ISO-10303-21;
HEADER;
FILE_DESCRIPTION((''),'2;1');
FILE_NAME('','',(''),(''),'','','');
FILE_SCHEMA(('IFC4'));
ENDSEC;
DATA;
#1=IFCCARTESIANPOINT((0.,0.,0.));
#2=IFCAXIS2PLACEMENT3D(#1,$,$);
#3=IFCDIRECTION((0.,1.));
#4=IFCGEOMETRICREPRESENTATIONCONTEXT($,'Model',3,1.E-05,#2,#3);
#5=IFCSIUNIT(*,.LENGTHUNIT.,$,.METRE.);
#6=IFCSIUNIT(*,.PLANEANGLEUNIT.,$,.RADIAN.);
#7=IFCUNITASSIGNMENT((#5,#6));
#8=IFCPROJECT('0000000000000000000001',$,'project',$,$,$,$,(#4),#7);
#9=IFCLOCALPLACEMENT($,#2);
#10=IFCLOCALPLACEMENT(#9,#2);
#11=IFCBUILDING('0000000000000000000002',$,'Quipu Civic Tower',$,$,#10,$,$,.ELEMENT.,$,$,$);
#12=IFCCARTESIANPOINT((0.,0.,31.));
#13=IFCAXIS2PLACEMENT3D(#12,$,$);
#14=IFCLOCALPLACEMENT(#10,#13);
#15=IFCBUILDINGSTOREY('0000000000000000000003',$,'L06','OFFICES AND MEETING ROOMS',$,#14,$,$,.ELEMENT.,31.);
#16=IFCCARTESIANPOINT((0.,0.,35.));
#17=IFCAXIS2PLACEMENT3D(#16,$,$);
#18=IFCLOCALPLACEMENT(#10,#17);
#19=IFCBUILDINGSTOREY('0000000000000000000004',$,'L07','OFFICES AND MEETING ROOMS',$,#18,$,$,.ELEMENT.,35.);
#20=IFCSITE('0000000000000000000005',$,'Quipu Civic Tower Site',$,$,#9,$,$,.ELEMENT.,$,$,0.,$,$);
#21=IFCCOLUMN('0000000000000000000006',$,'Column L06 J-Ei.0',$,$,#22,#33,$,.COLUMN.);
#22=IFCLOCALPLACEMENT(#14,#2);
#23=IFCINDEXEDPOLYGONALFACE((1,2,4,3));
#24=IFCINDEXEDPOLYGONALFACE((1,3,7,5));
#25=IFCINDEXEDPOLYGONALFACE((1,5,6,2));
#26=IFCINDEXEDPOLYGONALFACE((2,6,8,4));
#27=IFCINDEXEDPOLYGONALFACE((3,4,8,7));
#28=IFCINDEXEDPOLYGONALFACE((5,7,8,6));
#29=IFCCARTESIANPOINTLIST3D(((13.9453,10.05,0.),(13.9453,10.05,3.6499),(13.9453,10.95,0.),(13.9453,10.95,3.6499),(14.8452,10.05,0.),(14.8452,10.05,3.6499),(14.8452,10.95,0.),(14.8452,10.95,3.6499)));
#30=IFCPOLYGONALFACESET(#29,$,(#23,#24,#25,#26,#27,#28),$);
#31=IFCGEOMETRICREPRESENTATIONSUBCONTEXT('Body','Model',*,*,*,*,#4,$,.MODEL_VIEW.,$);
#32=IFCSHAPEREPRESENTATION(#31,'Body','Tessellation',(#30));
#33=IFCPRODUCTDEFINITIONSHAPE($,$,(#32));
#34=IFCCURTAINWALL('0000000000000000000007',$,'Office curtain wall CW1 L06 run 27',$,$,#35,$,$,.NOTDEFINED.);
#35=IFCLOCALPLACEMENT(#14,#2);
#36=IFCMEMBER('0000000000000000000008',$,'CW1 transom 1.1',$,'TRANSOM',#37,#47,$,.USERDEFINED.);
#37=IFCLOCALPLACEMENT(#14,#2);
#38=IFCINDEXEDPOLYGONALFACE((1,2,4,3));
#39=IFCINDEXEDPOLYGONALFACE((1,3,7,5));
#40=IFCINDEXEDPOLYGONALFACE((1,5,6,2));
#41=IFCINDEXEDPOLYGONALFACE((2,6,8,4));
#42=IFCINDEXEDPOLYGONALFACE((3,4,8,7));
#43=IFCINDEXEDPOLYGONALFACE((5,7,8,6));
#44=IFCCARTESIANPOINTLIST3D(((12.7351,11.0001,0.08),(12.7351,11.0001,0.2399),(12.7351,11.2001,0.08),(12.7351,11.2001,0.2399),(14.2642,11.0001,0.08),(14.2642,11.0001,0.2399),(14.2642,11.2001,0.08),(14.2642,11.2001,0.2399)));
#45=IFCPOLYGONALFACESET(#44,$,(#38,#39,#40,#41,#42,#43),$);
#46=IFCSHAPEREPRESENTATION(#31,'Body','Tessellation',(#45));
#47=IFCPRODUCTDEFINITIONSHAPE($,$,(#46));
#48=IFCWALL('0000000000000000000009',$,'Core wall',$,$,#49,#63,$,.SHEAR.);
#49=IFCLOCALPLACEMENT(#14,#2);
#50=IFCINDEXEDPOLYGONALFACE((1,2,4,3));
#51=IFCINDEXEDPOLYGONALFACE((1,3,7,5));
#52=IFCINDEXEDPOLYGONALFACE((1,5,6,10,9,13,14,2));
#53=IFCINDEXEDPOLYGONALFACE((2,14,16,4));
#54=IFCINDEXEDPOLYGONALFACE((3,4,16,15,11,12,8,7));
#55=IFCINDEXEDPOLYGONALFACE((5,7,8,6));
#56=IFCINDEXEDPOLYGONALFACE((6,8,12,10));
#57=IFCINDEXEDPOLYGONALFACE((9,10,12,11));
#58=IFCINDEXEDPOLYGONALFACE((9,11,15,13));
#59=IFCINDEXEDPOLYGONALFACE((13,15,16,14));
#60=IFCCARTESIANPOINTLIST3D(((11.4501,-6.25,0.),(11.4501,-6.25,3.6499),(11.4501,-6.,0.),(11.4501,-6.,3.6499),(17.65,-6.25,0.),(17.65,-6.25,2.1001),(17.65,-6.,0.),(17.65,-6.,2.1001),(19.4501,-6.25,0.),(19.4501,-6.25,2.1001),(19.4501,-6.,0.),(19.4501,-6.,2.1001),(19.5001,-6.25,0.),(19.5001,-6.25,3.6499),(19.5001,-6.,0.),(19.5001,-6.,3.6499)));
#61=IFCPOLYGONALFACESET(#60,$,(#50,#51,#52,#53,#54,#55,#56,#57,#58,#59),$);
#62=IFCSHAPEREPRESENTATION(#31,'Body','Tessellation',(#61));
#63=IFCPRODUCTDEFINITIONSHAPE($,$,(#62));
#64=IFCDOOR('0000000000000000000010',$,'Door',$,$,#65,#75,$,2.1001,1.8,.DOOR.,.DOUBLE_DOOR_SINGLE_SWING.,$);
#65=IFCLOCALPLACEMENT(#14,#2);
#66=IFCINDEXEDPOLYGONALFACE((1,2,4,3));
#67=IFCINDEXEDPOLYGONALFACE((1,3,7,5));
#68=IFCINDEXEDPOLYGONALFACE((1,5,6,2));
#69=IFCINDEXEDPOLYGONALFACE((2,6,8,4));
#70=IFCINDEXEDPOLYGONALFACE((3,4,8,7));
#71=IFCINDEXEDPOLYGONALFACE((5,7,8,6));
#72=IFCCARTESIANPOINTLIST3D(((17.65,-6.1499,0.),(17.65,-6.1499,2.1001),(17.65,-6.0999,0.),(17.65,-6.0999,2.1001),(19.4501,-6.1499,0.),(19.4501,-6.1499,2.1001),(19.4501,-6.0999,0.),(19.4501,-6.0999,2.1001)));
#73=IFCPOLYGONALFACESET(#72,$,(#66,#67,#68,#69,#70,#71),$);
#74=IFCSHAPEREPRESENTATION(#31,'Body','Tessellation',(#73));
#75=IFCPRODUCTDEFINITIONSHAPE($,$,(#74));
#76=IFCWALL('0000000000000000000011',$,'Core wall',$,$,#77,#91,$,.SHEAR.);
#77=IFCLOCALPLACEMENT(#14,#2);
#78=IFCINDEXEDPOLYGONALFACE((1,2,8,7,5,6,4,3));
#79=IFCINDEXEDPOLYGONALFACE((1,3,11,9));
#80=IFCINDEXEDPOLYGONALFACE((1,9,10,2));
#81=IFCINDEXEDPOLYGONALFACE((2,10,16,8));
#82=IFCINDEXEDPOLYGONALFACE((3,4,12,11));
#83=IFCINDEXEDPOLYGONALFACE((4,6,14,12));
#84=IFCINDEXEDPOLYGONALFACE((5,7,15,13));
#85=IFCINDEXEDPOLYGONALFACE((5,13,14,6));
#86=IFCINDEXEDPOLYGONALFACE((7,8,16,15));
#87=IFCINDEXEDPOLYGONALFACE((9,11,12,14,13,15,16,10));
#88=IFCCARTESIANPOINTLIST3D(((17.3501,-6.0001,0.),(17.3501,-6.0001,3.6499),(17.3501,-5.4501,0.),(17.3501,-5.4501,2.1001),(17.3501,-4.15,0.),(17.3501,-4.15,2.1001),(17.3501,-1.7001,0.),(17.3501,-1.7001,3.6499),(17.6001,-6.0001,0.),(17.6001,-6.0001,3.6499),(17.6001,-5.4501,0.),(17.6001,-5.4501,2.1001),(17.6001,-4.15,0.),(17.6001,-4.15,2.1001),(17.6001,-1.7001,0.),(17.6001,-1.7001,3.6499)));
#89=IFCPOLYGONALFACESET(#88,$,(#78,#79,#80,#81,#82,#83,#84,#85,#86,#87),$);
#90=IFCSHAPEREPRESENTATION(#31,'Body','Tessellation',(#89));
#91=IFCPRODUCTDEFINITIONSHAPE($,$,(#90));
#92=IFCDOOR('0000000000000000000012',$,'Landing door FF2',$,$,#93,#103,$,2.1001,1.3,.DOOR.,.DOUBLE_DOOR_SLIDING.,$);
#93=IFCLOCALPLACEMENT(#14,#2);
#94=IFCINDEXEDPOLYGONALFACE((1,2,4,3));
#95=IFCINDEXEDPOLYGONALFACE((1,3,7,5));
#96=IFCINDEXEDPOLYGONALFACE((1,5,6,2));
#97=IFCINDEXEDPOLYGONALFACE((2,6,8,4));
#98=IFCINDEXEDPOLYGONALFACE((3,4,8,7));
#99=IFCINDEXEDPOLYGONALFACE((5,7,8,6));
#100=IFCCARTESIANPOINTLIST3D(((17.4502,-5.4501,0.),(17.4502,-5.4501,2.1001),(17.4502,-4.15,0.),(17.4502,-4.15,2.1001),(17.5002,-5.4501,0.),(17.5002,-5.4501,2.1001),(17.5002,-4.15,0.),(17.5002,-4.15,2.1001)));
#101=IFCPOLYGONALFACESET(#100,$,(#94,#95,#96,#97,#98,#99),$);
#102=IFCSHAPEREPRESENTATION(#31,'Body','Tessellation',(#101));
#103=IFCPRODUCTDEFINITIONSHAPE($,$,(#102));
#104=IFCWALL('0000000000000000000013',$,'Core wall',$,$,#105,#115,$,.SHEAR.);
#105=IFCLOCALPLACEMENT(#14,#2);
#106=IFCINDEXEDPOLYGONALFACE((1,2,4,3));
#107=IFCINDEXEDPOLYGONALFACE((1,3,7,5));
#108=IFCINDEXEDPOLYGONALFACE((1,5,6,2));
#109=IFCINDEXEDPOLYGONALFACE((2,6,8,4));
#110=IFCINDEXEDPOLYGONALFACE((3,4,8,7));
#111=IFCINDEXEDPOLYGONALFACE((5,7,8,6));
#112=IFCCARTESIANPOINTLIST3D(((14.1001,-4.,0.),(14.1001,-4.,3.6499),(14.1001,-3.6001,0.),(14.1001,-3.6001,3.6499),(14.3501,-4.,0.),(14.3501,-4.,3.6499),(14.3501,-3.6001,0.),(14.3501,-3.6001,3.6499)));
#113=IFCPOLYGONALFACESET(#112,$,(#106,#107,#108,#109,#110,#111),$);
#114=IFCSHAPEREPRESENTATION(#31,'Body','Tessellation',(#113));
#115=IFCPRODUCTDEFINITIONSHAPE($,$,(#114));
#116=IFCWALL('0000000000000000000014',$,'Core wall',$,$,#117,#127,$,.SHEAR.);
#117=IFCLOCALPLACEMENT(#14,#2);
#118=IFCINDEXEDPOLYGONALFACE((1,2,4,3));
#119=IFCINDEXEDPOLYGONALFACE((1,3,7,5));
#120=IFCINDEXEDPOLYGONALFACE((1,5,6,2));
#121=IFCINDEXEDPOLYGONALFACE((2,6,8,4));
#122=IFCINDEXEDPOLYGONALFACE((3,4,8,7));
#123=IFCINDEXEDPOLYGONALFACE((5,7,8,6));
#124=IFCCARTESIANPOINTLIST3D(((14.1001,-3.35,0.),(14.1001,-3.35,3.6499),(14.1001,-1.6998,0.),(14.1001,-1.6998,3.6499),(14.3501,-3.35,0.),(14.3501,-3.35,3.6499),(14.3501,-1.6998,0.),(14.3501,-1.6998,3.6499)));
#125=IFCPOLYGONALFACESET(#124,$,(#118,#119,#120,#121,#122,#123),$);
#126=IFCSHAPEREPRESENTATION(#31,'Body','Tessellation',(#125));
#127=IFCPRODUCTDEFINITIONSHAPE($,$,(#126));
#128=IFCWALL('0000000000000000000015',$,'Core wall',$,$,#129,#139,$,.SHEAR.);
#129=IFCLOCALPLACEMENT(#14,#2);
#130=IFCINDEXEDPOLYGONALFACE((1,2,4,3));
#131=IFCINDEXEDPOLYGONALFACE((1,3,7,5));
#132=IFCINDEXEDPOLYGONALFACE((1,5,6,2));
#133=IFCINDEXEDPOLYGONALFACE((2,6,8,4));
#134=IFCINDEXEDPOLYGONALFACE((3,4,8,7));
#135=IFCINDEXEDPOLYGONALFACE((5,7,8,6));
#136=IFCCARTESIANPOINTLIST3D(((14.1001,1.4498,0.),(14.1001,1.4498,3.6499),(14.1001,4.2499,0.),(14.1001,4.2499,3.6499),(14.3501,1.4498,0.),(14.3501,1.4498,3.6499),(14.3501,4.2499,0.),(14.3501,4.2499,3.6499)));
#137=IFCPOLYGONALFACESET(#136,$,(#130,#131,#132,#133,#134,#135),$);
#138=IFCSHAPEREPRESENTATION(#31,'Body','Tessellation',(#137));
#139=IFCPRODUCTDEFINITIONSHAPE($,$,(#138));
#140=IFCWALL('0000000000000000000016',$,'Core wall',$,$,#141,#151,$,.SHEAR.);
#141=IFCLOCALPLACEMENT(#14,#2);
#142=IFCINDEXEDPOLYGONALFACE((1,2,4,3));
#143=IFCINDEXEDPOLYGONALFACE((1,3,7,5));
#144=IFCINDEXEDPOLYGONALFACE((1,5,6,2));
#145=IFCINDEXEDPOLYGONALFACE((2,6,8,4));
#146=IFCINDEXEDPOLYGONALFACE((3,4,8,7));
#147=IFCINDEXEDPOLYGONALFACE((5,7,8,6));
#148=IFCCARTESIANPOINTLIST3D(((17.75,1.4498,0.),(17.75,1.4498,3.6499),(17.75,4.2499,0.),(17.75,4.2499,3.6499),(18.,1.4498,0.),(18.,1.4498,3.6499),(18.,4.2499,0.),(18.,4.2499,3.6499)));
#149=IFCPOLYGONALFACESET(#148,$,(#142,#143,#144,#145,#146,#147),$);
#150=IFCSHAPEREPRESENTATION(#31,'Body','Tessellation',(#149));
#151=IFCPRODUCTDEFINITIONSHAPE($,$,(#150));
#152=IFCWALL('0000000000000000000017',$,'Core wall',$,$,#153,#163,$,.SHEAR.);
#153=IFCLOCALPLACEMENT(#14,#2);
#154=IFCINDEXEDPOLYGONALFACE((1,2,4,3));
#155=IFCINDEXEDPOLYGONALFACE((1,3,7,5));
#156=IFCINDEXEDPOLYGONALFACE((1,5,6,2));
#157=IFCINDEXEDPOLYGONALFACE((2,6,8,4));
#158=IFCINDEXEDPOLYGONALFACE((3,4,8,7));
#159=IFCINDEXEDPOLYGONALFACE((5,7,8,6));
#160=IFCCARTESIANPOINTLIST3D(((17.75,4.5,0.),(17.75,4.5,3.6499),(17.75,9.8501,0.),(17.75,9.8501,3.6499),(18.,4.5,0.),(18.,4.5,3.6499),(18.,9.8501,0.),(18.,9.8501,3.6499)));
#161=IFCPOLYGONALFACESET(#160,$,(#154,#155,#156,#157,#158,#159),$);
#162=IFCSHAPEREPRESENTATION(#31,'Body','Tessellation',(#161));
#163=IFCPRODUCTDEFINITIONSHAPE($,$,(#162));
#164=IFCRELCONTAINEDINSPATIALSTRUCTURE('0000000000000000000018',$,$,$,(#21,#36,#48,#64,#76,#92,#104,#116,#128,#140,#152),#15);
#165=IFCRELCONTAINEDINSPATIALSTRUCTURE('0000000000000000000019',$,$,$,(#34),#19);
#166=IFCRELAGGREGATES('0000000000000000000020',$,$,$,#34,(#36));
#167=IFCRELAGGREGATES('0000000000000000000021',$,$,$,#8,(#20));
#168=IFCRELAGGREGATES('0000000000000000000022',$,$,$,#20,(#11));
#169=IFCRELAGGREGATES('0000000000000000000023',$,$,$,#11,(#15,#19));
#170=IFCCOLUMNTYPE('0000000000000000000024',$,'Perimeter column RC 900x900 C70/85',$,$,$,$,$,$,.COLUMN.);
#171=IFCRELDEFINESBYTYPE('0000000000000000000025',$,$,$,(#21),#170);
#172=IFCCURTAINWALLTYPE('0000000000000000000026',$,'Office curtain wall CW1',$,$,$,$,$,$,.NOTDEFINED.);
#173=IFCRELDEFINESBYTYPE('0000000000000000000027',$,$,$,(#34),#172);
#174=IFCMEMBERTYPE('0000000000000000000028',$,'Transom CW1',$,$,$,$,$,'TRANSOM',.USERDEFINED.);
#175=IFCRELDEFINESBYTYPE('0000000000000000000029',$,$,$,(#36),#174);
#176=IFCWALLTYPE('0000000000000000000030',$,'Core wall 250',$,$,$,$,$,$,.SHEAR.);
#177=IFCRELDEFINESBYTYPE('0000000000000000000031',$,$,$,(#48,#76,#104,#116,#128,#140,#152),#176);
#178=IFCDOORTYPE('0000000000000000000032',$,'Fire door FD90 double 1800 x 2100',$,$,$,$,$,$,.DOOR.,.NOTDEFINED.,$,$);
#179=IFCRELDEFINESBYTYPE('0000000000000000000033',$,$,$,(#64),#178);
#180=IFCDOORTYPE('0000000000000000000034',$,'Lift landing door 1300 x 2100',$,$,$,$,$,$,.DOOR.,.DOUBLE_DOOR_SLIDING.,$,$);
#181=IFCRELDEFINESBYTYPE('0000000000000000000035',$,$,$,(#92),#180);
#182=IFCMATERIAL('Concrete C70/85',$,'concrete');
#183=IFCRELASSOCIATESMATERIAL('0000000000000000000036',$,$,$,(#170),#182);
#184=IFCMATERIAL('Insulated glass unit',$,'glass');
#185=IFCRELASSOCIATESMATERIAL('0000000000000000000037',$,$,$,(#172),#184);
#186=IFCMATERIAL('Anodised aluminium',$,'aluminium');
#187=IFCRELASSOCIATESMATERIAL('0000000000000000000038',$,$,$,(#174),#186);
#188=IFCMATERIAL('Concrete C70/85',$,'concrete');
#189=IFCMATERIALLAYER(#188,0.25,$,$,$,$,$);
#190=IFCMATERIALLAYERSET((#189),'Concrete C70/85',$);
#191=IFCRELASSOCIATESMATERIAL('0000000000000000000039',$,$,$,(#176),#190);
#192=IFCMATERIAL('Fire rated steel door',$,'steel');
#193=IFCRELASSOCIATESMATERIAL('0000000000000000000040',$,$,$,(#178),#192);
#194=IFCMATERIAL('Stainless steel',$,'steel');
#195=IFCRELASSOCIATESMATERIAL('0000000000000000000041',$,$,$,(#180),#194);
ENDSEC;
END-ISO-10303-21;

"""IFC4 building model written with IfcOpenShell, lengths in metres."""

from ifc_helpers import new_model, si_unit, direction, frame, frame_2d, origin, origin_2d, place, context, subcontext, project, spatial, rectangle, extrude, material, layer, layer_set, material_profile, profile_set, type_object, element, fill, aggregate, save


model = new_model("IFC4")

# Units and contexts
model_context = context("Model", 3, precision=1e-05, world=origin(), true_north=direction((0.0, 1.0)))
body_context = subcontext(model_context, "Body", "Model", "MODEL_VIEW")
ifc_project = project(units=[si_unit("LENGTHUNIT", "METRE"), si_unit("PLANEANGLEUNIT", "RADIAN")], contexts=[model_context])

# Site, building, storey
site_placement = place(None, origin())
site = spatial("IfcSite", under=ifc_project, at=site_placement, Name="Quipu Civic Tower Site", CompositionType="ELEMENT", RefElevation=0.0)
building_placement = place(site_placement, origin())
building = spatial("IfcBuilding", under=site, at=building_placement, Name="Quipu Civic Tower", CompositionType="ELEMENT")
storey_1_placement = place(building_placement, frame((0.0, 0.0, 31.0)))
storey_1 = spatial("IfcBuildingStorey", under=building, at=storey_1_placement, Name="L06", Description="OFFICES AND MEETING ROOMS", CompositionType="ELEMENT", Elevation=31.0)

# Column
ifc_material_1 = material(Name="Concrete C70/85", Category="concrete")
ifc_material_profile_1 = material_profile(ifc_material_1, rectangle(XDim=0.8999, YDim=0.8999, at=origin_2d()), Name="RC900x900")
ifc_profile_set_1 = profile_set([ifc_material_profile_1], Name="Concrete C70/85")
column_type = type_object("IfcColumnType", Name="Perimeter column RC 900x900 C70/85", PredefinedType="COLUMN", material=ifc_profile_set_1)
column_placement = place(storey_1_placement, frame((14.3953, 10.5, 0.0), z_axis=(0.0, 0.0, 1.0), x_axis=(-1.0, 0.0, 0.0)))
element("IfcColumn", 1, at=column_placement, inside=storey_1, type_object=column_type, Name="Column L06 J-Ei.0", PredefinedType="COLUMN", context=body_context, shape_type="SweptSolid", body=[
    extrude(rectangle(XDim=0.8999, YDim=0.8999, at=origin_2d()), origin(), (0.0, 0.0, 1.0), 3.6499),
])

# Shared definitions
storey_2_placement = place(building_placement, frame((0.0, 0.0, 35.0)))
storey_2 = spatial("IfcBuildingStorey", under=building, at=storey_2_placement, Name="L07", Description="OFFICES AND MEETING ROOMS", CompositionType="ELEMENT", Elevation=35.0)

# Curtain wall, member
ifc_material_2 = material(Name="Insulated glass unit", Category="glass")
curtain_wall_type = type_object("IfcCurtainWallType", Name="Office curtain wall CW1", PredefinedType="NOTDEFINED", material=ifc_material_2)
curtain_wall_placement = place(storey_2_placement, origin())
curtain_wall = element("IfcCurtainWall", 2, at=curtain_wall_placement, inside=storey_2, type_object=curtain_wall_type, Name="Office curtain wall CW1 L06 run 27", PredefinedType="NOTDEFINED")
ifc_material_3 = material(Name="Anodised aluminium", Category="aluminium")
ifc_material_profile_2 = material_profile(ifc_material_3, rectangle(XDim=0.2, YDim=0.1599, at=origin_2d()), Name="RECT 200x160")
ifc_profile_set_2 = profile_set([ifc_material_profile_2], Name="Anodised aluminium")
member_type = type_object("IfcMemberType", Name="Transom CW1", ElementType="TRANSOM", PredefinedType="USERDEFINED", material=ifc_profile_set_2)
member_placement = place(storey_1_placement, frame((14.2642, 11.1001, 0.1599), z_axis=(-1.0, 0.0, 0.0), x_axis=(0.0, -1.0, 0.0)))
member = element("IfcMember", 3, at=member_placement, inside=storey_1, type_object=member_type, Name="CW1 transom 1.1", ObjectType="TRANSOM", PredefinedType="USERDEFINED", context=body_context, shape_type="SweptSolid", body=[
    extrude(rectangle(XDim=0.2, YDim=0.1599, at=origin_2d()), origin(), (0.0, 0.0, 1.0), 1.5291),
])
aggregate(curtain_wall, [member])

# Walls, openings, doors
ifc_material_4 = material(Name="Concrete C70/85", Category="concrete")
ifc_layer_1 = layer(ifc_material_4, 0.25)
ifc_layer_set_1 = layer_set([ifc_layer_1], Name="Concrete C70/85")
wall_type_1 = type_object("IfcWallType", Name="Core wall 250", PredefinedType="SHEAR", material=ifc_layer_set_1)
wall_1_placement = place(storey_1_placement, frame((19.5, -6.125, 0.0), z_axis=(0.0, 0.0, 1.0), x_axis=(-1.0, 0.0, 0.0)))
wall_1 = element("IfcWall", 4, at=wall_1_placement, inside=storey_1, type_object=wall_type_1, Name="Core wall", PredefinedType="SHEAR", context=body_context, shape_type="SweptSolid", body=[
    extrude(rectangle(XDim=8.05, YDim=0.25, at=frame_2d((4.0249, 0.0))), origin(), (0.0, 0.0, 1.0), 3.6499),
])
opening_1_placement = place(wall_1_placement, frame((0.05, 0.0, 0.0)))
opening_1 = element("IfcOpeningElement", 5, at=opening_1_placement, cuts=wall_1, PredefinedType="OPENING", context=body_context, shape_type="SweptSolid", body=[
    extrude(rectangle(XDim=1.8, YDim=2.1001, at=frame_2d((0.8999, 1.05))), frame((0.0, 0.135, 0.0), z_axis=(0.0, -1.0, 0.0), x_axis=(1.0, 0.0, 0.0)), (0.0, 0.0, 1.0), 0.27),
])
ifc_material_5 = material(Name="Fire rated steel door", Category="steel")
door_type_1 = type_object("IfcDoorType", Name="Fire door FD90 double 1800 x 2100", OperationType="NOTDEFINED", PredefinedType="DOOR", material=ifc_material_5)
door_1_placement = place(opening_1_placement, origin())
door_1 = element("IfcDoor", 6, at=door_1_placement, inside=storey_1, type_object=door_type_1, Name="Door", OperationType="DOUBLE_DOOR_SINGLE_SWING", OverallHeight=2.1001, OverallWidth=1.8, PredefinedType="DOOR", context=body_context, shape_type="SweptSolid", body=[
    extrude(rectangle(XDim=1.8, YDim=2.1001, at=frame_2d((0.8999, 1.05))), frame((0.0, 0.0249, 0.0), z_axis=(0.0, -1.0, 0.0), x_axis=(1.0, 0.0, 0.0)), (0.0, 0.0, 1.0), 0.05),
])
fill(opening_1, door_1)
wall_2_placement = place(storey_1_placement, frame((17.4751, -6.0, 0.0), z_axis=(0.0, 0.0, 1.0), x_axis=(0.0, 1.0, 0.0)))
wall_2 = element("IfcWall", 7, at=wall_2_placement, inside=storey_1, type_object=wall_type_1, Name="Core wall", PredefinedType="SHEAR", context=body_context, shape_type="SweptSolid", body=[
    extrude(rectangle(XDim=4.3, YDim=0.25, at=frame_2d((2.1499, 0.0))), origin(), (0.0, 0.0, 1.0), 3.6499),
])
opening_2_placement = place(wall_2_placement, frame((0.55, 0.0, 0.0)))
opening_2 = element("IfcOpeningElement", 8, at=opening_2_placement, cuts=wall_2, PredefinedType="OPENING", context=body_context, shape_type="SweptSolid", body=[
    extrude(rectangle(XDim=1.3, YDim=2.1001, at=frame_2d((0.6499, 1.05))), frame((0.0, 0.135, 0.0), z_axis=(0.0, -1.0, 0.0), x_axis=(1.0, 0.0, 0.0)), (0.0, 0.0, 1.0), 0.27),
])
ifc_material_6 = material(Name="Stainless steel", Category="steel")
door_type_2 = type_object("IfcDoorType", Name="Lift landing door 1300 x 2100", OperationType="DOUBLE_DOOR_SLIDING", PredefinedType="DOOR", material=ifc_material_6)
door_2_placement = place(opening_2_placement, origin())
door_2 = element("IfcDoor", 9, at=door_2_placement, inside=storey_1, type_object=door_type_2, Name="Landing door FF2", OperationType="DOUBLE_DOOR_SLIDING", OverallHeight=2.1001, OverallWidth=1.3, PredefinedType="DOOR", context=body_context, shape_type="SweptSolid", body=[
    extrude(rectangle(XDim=1.3, YDim=2.1001, at=frame_2d((0.6499, 1.05))), frame((0.0, 0.0249, 0.0), z_axis=(0.0, -1.0, 0.0), x_axis=(1.0, 0.0, 0.0)), (0.0, 0.0, 1.0), 0.05),
])
fill(opening_2, door_2)

# Walls
wall_3_placement = place(storey_1_placement, frame((14.2251, -4.0, 0.0), z_axis=(0.0, 0.0, 1.0), x_axis=(0.0, 1.0, 0.0)))
element("IfcWall", 10, at=wall_3_placement, inside=storey_1, type_object=wall_type_1, Name="Core wall", PredefinedType="SHEAR", context=body_context, shape_type="SweptSolid", body=[
    extrude(rectangle(XDim=0.3999, YDim=0.25, at=frame_2d((0.2, 0.0))), origin(), (0.0, 0.0, 1.0), 3.6499),
])
wall_4_placement = place(storey_1_placement, frame((14.2251, -3.3501, 0.0), z_axis=(0.0, 0.0, 1.0), x_axis=(0.0, 1.0, 0.0)))
element("IfcWall", 11, at=wall_4_placement, inside=storey_1, type_object=wall_type_1, Name="Core wall", PredefinedType="SHEAR", context=body_context, shape_type="SweptSolid", body=[
    extrude(rectangle(XDim=1.6501, YDim=0.25, at=frame_2d((0.8252, 0.0))), origin(), (0.0, 0.0, 1.0), 3.6499),
])
for number, where, z_axis, x_axis, name in (
    (12, (14.2251, 1.45, 0.0), (0.0, 0.0, 1.0), (0.0, 1.0, 0.0), "Core wall"),
    (13, (17.875, 1.45, 0.0), (0.0, 0.0, 1.0), (0.0, 1.0, 0.0), "Core wall"),
):
    element("IfcWall", number, at=place(storey_1_placement, frame(where, z_axis=z_axis, x_axis=x_axis)), inside=storey_1, type_object=wall_type_1, Name=name, PredefinedType="SHEAR", context=body_context, shape_type="SweptSolid", body=[
        extrude(rectangle(XDim=2.8, YDim=0.25, at=frame_2d((1.3999, 0.0))), origin(), (0.0, 0.0, 1.0), 3.6499),
    ])
wall_5_placement = place(storey_1_placement, frame((17.875, 4.5, 0.0), z_axis=(0.0, 0.0, 1.0), x_axis=(0.0, 1.0, 0.0)))
element("IfcWall", 14, at=wall_5_placement, inside=storey_1, type_object=wall_type_1, Name="Core wall", PredefinedType="SHEAR", context=body_context, shape_type="SweptSolid", body=[
    extrude(rectangle(XDim=5.3501, YDim=0.25, at=frame_2d((2.675, 0.0))), origin(), (0.0, 0.0, 1.0), 3.6499),
])

save(model, "model.ifc")
